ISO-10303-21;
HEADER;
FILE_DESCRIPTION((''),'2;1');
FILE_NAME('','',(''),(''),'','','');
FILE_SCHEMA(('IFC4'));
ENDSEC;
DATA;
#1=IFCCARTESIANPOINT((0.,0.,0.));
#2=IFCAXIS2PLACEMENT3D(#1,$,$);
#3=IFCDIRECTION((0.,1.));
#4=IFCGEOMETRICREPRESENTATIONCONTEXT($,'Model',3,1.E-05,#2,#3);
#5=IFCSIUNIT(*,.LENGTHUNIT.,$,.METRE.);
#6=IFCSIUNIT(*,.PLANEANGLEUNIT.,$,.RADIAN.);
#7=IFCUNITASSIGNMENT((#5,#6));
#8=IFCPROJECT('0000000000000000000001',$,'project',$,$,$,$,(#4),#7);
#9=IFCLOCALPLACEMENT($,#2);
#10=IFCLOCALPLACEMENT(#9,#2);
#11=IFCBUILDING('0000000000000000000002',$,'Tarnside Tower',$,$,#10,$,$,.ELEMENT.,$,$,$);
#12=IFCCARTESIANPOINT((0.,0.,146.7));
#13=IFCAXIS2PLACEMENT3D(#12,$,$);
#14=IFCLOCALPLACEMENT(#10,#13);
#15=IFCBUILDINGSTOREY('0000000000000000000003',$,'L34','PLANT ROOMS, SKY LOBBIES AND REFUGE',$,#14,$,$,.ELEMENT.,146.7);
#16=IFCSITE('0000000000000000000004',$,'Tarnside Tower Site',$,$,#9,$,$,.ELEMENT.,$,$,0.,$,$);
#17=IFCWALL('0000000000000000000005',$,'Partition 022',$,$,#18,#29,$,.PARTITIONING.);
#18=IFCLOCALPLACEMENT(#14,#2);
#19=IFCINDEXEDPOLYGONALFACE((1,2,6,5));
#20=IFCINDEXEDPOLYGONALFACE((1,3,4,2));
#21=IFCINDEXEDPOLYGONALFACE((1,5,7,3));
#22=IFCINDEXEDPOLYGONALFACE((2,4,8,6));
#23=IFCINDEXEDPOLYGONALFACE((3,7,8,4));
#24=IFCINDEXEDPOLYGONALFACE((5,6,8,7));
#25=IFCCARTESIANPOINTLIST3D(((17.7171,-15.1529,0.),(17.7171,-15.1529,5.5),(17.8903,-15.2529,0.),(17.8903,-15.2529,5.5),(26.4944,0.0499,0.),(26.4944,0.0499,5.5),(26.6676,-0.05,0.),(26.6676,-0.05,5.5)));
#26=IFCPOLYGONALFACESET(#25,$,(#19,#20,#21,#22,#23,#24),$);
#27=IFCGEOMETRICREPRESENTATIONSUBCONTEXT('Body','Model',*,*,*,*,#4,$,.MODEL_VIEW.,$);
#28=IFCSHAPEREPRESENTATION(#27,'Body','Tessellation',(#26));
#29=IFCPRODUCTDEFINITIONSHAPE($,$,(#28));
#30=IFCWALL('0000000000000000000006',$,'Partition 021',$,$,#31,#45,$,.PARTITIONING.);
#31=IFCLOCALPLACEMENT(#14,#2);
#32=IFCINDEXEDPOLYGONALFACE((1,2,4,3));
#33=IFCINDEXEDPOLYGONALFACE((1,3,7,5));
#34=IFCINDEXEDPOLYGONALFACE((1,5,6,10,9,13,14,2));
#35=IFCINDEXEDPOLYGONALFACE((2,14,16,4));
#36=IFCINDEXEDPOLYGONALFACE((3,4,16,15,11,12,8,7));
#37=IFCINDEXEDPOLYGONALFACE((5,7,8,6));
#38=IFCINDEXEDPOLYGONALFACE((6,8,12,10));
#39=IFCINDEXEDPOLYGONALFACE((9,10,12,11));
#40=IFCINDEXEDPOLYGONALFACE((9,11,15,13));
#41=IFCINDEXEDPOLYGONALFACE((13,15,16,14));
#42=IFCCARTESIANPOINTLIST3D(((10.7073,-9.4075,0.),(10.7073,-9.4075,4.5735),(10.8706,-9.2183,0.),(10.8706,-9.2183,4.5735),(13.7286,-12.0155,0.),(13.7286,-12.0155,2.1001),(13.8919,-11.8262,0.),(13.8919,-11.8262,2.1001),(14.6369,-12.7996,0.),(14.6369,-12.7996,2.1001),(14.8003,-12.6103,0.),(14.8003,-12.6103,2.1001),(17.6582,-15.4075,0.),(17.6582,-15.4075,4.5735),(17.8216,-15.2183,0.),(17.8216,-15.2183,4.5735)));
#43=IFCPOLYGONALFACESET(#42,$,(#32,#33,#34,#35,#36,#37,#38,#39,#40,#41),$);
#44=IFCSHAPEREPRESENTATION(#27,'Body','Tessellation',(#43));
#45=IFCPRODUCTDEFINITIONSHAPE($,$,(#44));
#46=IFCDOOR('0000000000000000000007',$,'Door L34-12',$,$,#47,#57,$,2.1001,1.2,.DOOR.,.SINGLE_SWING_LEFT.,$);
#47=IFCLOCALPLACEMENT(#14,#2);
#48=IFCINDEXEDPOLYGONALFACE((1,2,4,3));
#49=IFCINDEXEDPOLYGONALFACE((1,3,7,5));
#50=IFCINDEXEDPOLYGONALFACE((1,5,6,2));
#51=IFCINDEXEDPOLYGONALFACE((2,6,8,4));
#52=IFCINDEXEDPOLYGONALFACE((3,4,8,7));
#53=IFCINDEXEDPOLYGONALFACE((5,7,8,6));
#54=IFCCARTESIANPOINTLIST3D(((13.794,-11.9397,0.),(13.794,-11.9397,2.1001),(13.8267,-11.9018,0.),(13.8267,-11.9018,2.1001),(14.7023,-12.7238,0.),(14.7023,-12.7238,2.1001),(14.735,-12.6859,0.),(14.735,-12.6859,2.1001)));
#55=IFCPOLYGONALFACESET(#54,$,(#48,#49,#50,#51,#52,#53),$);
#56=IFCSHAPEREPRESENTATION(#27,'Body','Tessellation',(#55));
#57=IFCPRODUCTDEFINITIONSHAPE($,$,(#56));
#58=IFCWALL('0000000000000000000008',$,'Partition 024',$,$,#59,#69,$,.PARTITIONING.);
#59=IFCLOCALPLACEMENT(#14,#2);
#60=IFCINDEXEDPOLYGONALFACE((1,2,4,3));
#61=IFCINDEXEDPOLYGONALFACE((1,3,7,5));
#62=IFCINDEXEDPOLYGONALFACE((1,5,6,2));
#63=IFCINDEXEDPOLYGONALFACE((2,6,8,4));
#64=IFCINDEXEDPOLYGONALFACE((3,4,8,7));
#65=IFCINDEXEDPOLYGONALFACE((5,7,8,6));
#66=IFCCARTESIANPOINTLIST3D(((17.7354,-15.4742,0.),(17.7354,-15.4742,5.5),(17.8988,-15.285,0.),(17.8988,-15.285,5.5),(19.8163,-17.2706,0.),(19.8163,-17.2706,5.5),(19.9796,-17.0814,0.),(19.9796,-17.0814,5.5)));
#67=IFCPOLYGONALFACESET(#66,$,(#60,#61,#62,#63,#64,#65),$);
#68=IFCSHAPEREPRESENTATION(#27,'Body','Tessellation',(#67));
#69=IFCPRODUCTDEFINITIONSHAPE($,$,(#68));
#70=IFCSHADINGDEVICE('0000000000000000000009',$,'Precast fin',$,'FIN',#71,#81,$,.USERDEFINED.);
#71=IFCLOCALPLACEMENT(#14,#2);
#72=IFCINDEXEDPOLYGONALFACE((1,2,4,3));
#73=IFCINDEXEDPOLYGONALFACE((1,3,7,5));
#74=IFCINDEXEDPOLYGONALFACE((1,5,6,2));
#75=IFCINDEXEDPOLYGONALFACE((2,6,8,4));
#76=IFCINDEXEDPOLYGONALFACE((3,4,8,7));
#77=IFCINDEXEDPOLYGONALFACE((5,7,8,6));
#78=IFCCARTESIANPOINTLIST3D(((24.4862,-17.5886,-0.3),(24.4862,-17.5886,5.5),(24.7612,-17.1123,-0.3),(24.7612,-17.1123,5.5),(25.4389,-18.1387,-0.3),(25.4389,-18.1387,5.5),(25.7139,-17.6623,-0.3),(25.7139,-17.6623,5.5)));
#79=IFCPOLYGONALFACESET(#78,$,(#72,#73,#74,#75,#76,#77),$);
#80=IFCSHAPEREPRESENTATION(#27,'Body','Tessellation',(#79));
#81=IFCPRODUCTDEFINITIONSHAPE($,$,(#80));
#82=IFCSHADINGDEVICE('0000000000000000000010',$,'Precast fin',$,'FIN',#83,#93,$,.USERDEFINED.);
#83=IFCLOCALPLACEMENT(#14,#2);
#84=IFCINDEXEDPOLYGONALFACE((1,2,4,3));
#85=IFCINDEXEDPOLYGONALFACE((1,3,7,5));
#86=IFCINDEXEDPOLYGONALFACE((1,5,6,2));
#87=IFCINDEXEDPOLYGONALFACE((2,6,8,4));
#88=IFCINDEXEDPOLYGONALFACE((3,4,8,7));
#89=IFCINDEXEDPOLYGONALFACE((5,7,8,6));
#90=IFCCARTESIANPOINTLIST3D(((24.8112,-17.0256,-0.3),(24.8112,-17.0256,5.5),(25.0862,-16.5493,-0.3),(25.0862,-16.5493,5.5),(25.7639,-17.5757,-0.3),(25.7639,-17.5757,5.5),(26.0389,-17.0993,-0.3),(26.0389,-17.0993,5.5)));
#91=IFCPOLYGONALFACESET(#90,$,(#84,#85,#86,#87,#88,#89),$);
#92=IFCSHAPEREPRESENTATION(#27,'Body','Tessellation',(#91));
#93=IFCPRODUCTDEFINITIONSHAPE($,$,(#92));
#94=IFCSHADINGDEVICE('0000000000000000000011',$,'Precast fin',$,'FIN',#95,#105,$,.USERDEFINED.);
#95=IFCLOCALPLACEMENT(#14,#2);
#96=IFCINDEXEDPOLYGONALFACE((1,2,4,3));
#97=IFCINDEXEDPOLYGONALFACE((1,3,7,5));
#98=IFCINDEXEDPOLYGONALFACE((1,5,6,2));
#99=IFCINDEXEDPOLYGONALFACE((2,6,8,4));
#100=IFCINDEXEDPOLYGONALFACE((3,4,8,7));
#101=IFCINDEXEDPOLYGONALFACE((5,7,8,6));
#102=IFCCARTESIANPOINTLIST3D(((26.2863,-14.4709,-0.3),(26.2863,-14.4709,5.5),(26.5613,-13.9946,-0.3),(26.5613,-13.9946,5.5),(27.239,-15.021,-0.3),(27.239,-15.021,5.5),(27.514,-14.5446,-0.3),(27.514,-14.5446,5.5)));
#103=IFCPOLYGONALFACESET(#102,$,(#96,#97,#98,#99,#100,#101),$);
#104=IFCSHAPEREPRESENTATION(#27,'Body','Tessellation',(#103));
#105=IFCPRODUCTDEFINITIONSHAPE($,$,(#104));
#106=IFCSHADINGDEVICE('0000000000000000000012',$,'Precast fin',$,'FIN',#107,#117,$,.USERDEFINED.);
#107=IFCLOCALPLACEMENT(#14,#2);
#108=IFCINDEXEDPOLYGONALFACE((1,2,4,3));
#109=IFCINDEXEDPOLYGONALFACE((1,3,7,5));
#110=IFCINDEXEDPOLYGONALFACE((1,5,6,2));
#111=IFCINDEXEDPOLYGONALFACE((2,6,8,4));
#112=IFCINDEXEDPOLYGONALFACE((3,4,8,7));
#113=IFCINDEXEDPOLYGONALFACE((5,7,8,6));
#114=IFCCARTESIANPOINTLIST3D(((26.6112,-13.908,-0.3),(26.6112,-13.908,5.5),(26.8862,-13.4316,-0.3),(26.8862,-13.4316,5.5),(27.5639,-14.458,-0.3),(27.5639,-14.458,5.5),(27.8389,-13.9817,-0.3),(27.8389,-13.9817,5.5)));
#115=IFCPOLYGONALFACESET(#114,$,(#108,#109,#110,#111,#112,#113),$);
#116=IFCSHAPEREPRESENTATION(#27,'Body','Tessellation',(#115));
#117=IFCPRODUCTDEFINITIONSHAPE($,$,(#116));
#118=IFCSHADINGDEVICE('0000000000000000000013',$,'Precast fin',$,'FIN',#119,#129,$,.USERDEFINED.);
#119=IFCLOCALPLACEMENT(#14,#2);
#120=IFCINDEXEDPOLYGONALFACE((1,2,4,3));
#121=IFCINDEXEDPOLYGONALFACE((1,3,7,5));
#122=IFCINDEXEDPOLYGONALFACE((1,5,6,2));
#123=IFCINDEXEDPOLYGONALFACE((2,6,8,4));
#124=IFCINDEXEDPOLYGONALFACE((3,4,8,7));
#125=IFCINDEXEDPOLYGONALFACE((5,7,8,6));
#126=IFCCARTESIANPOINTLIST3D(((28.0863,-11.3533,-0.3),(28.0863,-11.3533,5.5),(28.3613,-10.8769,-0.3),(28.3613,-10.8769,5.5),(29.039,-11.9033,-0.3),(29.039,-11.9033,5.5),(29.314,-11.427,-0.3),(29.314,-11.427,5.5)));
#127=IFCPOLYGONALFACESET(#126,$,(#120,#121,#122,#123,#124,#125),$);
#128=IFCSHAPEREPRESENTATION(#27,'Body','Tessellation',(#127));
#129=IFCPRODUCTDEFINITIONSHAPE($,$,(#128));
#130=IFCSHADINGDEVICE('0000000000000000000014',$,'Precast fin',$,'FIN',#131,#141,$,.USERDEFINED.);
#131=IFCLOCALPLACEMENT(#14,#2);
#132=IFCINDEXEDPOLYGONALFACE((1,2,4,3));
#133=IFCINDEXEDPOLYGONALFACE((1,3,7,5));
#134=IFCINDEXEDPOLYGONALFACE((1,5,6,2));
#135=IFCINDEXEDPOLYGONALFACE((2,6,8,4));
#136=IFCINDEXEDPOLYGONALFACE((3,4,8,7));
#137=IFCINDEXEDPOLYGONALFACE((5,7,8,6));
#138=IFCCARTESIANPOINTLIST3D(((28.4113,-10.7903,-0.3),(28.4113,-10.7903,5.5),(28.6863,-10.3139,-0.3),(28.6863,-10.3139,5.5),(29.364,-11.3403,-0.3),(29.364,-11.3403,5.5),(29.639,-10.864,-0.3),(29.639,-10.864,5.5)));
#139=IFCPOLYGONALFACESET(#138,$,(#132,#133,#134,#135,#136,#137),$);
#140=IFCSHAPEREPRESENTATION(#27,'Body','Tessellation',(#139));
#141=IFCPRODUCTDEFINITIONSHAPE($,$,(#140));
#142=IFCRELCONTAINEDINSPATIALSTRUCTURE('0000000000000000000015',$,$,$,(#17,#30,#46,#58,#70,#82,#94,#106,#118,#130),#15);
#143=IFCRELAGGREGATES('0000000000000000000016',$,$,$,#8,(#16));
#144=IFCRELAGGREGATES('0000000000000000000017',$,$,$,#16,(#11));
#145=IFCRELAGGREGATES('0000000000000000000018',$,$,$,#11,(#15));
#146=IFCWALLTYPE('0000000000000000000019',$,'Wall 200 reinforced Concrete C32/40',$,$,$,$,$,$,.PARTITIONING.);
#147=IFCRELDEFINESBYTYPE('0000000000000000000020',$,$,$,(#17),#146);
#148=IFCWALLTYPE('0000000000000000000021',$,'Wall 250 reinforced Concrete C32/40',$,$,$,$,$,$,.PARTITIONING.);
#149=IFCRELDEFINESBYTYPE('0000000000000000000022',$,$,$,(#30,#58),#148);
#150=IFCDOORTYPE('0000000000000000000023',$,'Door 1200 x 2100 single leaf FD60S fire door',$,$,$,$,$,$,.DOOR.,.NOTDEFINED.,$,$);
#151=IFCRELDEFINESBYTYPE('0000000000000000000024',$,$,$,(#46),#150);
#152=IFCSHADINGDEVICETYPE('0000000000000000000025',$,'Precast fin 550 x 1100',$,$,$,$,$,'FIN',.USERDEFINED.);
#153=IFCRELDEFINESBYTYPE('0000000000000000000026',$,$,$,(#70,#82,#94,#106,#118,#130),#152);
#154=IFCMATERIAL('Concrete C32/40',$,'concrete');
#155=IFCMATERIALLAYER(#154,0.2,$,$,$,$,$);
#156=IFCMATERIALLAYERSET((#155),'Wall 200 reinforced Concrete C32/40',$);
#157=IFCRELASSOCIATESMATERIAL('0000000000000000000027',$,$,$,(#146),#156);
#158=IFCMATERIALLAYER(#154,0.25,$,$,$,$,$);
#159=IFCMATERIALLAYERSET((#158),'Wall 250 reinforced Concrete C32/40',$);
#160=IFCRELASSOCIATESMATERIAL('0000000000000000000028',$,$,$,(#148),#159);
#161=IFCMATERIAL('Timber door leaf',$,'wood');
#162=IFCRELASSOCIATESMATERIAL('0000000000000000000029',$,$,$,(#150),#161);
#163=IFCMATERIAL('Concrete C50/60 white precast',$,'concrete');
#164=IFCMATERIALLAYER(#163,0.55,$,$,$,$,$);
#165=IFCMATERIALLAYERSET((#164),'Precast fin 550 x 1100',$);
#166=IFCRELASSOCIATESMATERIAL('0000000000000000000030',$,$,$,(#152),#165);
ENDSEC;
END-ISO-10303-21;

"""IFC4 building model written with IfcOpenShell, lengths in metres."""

from ifc_helpers import new_model, si_unit, direction, frame, frame_2d, origin, place, context, subcontext, project, spatial, polyline, rectangle, outline, extrude, material, layer, layer_set, type_object, element, fill, save


model = new_model("IFC4")

# Units and contexts
model_context = context("Model", 3, precision=1e-05, world=origin(), true_north=direction((0.0, 1.0)))
body_context = subcontext(model_context, "Body", "Model", "MODEL_VIEW")
ifc_project = project(units=[si_unit("LENGTHUNIT", "METRE"), si_unit("PLANEANGLEUNIT", "RADIAN")], contexts=[model_context])

# Site, building, storey
site_placement = place(None, origin())
site = spatial("IfcSite", under=ifc_project, at=site_placement, Name="Tarnside Tower Site", CompositionType="ELEMENT", RefElevation=0.0)
building_placement = place(site_placement, origin())
building = spatial("IfcBuilding", under=site, at=building_placement, Name="Tarnside Tower", CompositionType="ELEMENT")
storey_placement = place(building_placement, frame((0.0, 0.0, 146.7)))
storey = spatial("IfcBuildingStorey", under=building, at=storey_placement, Name="L34", Description="PLANT ROOMS, SKY LOBBIES AND REFUGE", CompositionType="ELEMENT", Elevation=146.7)

# Wall
ifc_material_1 = material(Name="Concrete C32/40", Category="concrete")
ifc_layer_1 = layer(ifc_material_1, 0.2)
ifc_layer_set_1 = layer_set([ifc_layer_1], Name="Wall 200 reinforced Concrete C32/40")
wall_type_1 = type_object("IfcWallType", Name="Wall 200 reinforced Concrete C32/40", PredefinedType="PARTITIONING", material=ifc_layer_set_1)
wall_1_placement = place(storey_placement, frame((17.8037, -15.2029, 0.0), z_axis=(0.0, 0.0, 1.0), x_axis=(0.499998, 0.866026, 0.0)))
element("IfcWall", 1, at=wall_1_placement, inside=storey, type_object=wall_type_1, Name="Partition 022", PredefinedType="PARTITIONING", context=body_context, shape_type="SweptSolid", body=[
    extrude(rectangle(XDim=17.5547, YDim=0.2, at=frame_2d((8.7773, 0.0))), origin(), (0.0, 0.0, 1.0), 5.5),
])

# Wall, opening, door
ifc_layer_2 = layer(ifc_material_1, 0.25)
ifc_layer_set_2 = layer_set([ifc_layer_2], Name="Wall 250 reinforced Concrete C32/40")
wall_type_2 = type_object("IfcWallType", Name="Wall 250 reinforced Concrete C32/40", PredefinedType="PARTITIONING", material=ifc_layer_set_2)
wall_2_placement = place(storey_placement, frame((17.74, -15.313, 0.0), z_axis=(0.0, 0.0, 1.0), x_axis=(-0.756989, 0.653428, 0.0)))
wall_2 = element("IfcWall", 2, at=wall_2_placement, inside=storey, type_object=wall_type_2, Name="Partition 021", PredefinedType="PARTITIONING", context=body_context, shape_type="SweptSolid", body=[
    extrude(rectangle(XDim=9.1824, YDim=0.25, at=frame_2d((4.5913, 0.0))), origin(), (0.0, 0.0, 1.0), 4.5735),
])
opening_placement = place(wall_2_placement, frame((3.9912, 0.0, 0.0)))
opening = element("IfcOpeningElement", 3, at=opening_placement, cuts=wall_2, PredefinedType="OPENING", context=body_context, shape_type="SweptSolid", body=[
    extrude(rectangle(XDim=1.2, YDim=2.1001, at=frame_2d((0.6001, 1.05))), frame((0.0, 0.135, 0.0), z_axis=(0.0, -1.0, 0.0), x_axis=(1.0, 0.0, 0.0)), (0.0, 0.0, 1.0), 0.27),
])
ifc_material_2 = material(Name="Timber door leaf", Category="wood")
door_type = type_object("IfcDoorType", Name="Door 1200 x 2100 single leaf FD60S fire door", OperationType="NOTDEFINED", PredefinedType="DOOR", material=ifc_material_2)
door_placement = place(opening_placement, origin())
door = element("IfcDoor", 4, at=door_placement, inside=storey, type_object=door_type, Name="Door L34-12", OperationType="SINGLE_SWING_LEFT", OverallHeight=2.1001, OverallWidth=1.2, PredefinedType="DOOR", context=body_context, shape_type="SweptSolid", body=[
    extrude(rectangle(XDim=1.2, YDim=2.1001, at=frame_2d((0.6001, 1.05))), frame((0.0, 0.0249, 0.0), z_axis=(0.0, -1.0, 0.0), x_axis=(1.0, 0.0, 0.0)), (0.0, 0.0, 1.0), 0.05),
])
fill(opening, door)

# Wall
wall_3_placement = place(storey_placement, frame((19.8979, -17.176, 0.0), z_axis=(0.0, 0.0, 1.0), x_axis=(-0.756945, 0.653479, 0.0)))
element("IfcWall", 5, at=wall_3_placement, inside=storey, type_object=wall_type_2, Name="Partition 024", PredefinedType="PARTITIONING", context=body_context, shape_type="SweptSolid", body=[
    extrude(rectangle(XDim=2.749, YDim=0.25, at=frame_2d((1.3745, 0.0))), origin(), (0.0, 0.0, 1.0), 5.5),
])

# Shading devices
ifc_material_3 = material(Name="Concrete C50/60 white precast", Category="concrete")
ifc_layer_3 = layer(ifc_material_3, 0.55)
ifc_layer_set_3 = layer_set([ifc_layer_3], Name="Precast fin 550 x 1100")
shading_device_type = type_object("IfcShadingDeviceType", Name="Precast fin 550 x 1100", ElementType="FIN", PredefinedType="USERDEFINED", material=ifc_layer_set_3)
for number, where, z_axis, x_axis, name in (
    (6, (24.6238, -17.3503, -0.3), (-0.5, -0.866025, 0.0), (0.866025, -0.5, 0.0), "Precast fin"),
    (7, (24.9487, -16.7874, -0.3), (-0.5, -0.866025, 0.0), (0.866025, -0.5, 0.0), "Precast fin"),
    (8, (26.4238, -14.2327, -0.3), (-0.5, -0.866025, 0.0), (0.866025, -0.5, 0.0), "Precast fin"),
    (9, (26.7488, -13.6697, -0.3), (-0.5, -0.866025, 0.0), (0.866025, -0.5, 0.0), "Precast fin"),
    (10, (28.2239, -11.115, -0.3), (-0.5, -0.866025, 0.0), (0.866025, -0.5, 0.0), "Precast fin"),
    (11, (28.5488, -10.552, -0.3), (-0.5, -0.866025, 0.0), (0.866025, -0.5, 0.0), "Precast fin"),
):
    element("IfcShadingDevice", number, at=place(storey_placement, frame(where, z_axis=z_axis, x_axis=x_axis)), inside=storey, type_object=shading_device_type, Name=name, ObjectType="FIN", PredefinedType="USERDEFINED", context=body_context, shape_type="SweptSolid", body=[
        extrude(outline(polyline([(0.0, 0.0), (1.1001, 0.0), (1.1001, 5.8), (0.0, 5.8), (0.0, 0.0)])), frame((0.0, 0.0, -0.2749)), (0.0, 0.0, 1.0), 0.55),
    ])

save(model, "model.ifc")
